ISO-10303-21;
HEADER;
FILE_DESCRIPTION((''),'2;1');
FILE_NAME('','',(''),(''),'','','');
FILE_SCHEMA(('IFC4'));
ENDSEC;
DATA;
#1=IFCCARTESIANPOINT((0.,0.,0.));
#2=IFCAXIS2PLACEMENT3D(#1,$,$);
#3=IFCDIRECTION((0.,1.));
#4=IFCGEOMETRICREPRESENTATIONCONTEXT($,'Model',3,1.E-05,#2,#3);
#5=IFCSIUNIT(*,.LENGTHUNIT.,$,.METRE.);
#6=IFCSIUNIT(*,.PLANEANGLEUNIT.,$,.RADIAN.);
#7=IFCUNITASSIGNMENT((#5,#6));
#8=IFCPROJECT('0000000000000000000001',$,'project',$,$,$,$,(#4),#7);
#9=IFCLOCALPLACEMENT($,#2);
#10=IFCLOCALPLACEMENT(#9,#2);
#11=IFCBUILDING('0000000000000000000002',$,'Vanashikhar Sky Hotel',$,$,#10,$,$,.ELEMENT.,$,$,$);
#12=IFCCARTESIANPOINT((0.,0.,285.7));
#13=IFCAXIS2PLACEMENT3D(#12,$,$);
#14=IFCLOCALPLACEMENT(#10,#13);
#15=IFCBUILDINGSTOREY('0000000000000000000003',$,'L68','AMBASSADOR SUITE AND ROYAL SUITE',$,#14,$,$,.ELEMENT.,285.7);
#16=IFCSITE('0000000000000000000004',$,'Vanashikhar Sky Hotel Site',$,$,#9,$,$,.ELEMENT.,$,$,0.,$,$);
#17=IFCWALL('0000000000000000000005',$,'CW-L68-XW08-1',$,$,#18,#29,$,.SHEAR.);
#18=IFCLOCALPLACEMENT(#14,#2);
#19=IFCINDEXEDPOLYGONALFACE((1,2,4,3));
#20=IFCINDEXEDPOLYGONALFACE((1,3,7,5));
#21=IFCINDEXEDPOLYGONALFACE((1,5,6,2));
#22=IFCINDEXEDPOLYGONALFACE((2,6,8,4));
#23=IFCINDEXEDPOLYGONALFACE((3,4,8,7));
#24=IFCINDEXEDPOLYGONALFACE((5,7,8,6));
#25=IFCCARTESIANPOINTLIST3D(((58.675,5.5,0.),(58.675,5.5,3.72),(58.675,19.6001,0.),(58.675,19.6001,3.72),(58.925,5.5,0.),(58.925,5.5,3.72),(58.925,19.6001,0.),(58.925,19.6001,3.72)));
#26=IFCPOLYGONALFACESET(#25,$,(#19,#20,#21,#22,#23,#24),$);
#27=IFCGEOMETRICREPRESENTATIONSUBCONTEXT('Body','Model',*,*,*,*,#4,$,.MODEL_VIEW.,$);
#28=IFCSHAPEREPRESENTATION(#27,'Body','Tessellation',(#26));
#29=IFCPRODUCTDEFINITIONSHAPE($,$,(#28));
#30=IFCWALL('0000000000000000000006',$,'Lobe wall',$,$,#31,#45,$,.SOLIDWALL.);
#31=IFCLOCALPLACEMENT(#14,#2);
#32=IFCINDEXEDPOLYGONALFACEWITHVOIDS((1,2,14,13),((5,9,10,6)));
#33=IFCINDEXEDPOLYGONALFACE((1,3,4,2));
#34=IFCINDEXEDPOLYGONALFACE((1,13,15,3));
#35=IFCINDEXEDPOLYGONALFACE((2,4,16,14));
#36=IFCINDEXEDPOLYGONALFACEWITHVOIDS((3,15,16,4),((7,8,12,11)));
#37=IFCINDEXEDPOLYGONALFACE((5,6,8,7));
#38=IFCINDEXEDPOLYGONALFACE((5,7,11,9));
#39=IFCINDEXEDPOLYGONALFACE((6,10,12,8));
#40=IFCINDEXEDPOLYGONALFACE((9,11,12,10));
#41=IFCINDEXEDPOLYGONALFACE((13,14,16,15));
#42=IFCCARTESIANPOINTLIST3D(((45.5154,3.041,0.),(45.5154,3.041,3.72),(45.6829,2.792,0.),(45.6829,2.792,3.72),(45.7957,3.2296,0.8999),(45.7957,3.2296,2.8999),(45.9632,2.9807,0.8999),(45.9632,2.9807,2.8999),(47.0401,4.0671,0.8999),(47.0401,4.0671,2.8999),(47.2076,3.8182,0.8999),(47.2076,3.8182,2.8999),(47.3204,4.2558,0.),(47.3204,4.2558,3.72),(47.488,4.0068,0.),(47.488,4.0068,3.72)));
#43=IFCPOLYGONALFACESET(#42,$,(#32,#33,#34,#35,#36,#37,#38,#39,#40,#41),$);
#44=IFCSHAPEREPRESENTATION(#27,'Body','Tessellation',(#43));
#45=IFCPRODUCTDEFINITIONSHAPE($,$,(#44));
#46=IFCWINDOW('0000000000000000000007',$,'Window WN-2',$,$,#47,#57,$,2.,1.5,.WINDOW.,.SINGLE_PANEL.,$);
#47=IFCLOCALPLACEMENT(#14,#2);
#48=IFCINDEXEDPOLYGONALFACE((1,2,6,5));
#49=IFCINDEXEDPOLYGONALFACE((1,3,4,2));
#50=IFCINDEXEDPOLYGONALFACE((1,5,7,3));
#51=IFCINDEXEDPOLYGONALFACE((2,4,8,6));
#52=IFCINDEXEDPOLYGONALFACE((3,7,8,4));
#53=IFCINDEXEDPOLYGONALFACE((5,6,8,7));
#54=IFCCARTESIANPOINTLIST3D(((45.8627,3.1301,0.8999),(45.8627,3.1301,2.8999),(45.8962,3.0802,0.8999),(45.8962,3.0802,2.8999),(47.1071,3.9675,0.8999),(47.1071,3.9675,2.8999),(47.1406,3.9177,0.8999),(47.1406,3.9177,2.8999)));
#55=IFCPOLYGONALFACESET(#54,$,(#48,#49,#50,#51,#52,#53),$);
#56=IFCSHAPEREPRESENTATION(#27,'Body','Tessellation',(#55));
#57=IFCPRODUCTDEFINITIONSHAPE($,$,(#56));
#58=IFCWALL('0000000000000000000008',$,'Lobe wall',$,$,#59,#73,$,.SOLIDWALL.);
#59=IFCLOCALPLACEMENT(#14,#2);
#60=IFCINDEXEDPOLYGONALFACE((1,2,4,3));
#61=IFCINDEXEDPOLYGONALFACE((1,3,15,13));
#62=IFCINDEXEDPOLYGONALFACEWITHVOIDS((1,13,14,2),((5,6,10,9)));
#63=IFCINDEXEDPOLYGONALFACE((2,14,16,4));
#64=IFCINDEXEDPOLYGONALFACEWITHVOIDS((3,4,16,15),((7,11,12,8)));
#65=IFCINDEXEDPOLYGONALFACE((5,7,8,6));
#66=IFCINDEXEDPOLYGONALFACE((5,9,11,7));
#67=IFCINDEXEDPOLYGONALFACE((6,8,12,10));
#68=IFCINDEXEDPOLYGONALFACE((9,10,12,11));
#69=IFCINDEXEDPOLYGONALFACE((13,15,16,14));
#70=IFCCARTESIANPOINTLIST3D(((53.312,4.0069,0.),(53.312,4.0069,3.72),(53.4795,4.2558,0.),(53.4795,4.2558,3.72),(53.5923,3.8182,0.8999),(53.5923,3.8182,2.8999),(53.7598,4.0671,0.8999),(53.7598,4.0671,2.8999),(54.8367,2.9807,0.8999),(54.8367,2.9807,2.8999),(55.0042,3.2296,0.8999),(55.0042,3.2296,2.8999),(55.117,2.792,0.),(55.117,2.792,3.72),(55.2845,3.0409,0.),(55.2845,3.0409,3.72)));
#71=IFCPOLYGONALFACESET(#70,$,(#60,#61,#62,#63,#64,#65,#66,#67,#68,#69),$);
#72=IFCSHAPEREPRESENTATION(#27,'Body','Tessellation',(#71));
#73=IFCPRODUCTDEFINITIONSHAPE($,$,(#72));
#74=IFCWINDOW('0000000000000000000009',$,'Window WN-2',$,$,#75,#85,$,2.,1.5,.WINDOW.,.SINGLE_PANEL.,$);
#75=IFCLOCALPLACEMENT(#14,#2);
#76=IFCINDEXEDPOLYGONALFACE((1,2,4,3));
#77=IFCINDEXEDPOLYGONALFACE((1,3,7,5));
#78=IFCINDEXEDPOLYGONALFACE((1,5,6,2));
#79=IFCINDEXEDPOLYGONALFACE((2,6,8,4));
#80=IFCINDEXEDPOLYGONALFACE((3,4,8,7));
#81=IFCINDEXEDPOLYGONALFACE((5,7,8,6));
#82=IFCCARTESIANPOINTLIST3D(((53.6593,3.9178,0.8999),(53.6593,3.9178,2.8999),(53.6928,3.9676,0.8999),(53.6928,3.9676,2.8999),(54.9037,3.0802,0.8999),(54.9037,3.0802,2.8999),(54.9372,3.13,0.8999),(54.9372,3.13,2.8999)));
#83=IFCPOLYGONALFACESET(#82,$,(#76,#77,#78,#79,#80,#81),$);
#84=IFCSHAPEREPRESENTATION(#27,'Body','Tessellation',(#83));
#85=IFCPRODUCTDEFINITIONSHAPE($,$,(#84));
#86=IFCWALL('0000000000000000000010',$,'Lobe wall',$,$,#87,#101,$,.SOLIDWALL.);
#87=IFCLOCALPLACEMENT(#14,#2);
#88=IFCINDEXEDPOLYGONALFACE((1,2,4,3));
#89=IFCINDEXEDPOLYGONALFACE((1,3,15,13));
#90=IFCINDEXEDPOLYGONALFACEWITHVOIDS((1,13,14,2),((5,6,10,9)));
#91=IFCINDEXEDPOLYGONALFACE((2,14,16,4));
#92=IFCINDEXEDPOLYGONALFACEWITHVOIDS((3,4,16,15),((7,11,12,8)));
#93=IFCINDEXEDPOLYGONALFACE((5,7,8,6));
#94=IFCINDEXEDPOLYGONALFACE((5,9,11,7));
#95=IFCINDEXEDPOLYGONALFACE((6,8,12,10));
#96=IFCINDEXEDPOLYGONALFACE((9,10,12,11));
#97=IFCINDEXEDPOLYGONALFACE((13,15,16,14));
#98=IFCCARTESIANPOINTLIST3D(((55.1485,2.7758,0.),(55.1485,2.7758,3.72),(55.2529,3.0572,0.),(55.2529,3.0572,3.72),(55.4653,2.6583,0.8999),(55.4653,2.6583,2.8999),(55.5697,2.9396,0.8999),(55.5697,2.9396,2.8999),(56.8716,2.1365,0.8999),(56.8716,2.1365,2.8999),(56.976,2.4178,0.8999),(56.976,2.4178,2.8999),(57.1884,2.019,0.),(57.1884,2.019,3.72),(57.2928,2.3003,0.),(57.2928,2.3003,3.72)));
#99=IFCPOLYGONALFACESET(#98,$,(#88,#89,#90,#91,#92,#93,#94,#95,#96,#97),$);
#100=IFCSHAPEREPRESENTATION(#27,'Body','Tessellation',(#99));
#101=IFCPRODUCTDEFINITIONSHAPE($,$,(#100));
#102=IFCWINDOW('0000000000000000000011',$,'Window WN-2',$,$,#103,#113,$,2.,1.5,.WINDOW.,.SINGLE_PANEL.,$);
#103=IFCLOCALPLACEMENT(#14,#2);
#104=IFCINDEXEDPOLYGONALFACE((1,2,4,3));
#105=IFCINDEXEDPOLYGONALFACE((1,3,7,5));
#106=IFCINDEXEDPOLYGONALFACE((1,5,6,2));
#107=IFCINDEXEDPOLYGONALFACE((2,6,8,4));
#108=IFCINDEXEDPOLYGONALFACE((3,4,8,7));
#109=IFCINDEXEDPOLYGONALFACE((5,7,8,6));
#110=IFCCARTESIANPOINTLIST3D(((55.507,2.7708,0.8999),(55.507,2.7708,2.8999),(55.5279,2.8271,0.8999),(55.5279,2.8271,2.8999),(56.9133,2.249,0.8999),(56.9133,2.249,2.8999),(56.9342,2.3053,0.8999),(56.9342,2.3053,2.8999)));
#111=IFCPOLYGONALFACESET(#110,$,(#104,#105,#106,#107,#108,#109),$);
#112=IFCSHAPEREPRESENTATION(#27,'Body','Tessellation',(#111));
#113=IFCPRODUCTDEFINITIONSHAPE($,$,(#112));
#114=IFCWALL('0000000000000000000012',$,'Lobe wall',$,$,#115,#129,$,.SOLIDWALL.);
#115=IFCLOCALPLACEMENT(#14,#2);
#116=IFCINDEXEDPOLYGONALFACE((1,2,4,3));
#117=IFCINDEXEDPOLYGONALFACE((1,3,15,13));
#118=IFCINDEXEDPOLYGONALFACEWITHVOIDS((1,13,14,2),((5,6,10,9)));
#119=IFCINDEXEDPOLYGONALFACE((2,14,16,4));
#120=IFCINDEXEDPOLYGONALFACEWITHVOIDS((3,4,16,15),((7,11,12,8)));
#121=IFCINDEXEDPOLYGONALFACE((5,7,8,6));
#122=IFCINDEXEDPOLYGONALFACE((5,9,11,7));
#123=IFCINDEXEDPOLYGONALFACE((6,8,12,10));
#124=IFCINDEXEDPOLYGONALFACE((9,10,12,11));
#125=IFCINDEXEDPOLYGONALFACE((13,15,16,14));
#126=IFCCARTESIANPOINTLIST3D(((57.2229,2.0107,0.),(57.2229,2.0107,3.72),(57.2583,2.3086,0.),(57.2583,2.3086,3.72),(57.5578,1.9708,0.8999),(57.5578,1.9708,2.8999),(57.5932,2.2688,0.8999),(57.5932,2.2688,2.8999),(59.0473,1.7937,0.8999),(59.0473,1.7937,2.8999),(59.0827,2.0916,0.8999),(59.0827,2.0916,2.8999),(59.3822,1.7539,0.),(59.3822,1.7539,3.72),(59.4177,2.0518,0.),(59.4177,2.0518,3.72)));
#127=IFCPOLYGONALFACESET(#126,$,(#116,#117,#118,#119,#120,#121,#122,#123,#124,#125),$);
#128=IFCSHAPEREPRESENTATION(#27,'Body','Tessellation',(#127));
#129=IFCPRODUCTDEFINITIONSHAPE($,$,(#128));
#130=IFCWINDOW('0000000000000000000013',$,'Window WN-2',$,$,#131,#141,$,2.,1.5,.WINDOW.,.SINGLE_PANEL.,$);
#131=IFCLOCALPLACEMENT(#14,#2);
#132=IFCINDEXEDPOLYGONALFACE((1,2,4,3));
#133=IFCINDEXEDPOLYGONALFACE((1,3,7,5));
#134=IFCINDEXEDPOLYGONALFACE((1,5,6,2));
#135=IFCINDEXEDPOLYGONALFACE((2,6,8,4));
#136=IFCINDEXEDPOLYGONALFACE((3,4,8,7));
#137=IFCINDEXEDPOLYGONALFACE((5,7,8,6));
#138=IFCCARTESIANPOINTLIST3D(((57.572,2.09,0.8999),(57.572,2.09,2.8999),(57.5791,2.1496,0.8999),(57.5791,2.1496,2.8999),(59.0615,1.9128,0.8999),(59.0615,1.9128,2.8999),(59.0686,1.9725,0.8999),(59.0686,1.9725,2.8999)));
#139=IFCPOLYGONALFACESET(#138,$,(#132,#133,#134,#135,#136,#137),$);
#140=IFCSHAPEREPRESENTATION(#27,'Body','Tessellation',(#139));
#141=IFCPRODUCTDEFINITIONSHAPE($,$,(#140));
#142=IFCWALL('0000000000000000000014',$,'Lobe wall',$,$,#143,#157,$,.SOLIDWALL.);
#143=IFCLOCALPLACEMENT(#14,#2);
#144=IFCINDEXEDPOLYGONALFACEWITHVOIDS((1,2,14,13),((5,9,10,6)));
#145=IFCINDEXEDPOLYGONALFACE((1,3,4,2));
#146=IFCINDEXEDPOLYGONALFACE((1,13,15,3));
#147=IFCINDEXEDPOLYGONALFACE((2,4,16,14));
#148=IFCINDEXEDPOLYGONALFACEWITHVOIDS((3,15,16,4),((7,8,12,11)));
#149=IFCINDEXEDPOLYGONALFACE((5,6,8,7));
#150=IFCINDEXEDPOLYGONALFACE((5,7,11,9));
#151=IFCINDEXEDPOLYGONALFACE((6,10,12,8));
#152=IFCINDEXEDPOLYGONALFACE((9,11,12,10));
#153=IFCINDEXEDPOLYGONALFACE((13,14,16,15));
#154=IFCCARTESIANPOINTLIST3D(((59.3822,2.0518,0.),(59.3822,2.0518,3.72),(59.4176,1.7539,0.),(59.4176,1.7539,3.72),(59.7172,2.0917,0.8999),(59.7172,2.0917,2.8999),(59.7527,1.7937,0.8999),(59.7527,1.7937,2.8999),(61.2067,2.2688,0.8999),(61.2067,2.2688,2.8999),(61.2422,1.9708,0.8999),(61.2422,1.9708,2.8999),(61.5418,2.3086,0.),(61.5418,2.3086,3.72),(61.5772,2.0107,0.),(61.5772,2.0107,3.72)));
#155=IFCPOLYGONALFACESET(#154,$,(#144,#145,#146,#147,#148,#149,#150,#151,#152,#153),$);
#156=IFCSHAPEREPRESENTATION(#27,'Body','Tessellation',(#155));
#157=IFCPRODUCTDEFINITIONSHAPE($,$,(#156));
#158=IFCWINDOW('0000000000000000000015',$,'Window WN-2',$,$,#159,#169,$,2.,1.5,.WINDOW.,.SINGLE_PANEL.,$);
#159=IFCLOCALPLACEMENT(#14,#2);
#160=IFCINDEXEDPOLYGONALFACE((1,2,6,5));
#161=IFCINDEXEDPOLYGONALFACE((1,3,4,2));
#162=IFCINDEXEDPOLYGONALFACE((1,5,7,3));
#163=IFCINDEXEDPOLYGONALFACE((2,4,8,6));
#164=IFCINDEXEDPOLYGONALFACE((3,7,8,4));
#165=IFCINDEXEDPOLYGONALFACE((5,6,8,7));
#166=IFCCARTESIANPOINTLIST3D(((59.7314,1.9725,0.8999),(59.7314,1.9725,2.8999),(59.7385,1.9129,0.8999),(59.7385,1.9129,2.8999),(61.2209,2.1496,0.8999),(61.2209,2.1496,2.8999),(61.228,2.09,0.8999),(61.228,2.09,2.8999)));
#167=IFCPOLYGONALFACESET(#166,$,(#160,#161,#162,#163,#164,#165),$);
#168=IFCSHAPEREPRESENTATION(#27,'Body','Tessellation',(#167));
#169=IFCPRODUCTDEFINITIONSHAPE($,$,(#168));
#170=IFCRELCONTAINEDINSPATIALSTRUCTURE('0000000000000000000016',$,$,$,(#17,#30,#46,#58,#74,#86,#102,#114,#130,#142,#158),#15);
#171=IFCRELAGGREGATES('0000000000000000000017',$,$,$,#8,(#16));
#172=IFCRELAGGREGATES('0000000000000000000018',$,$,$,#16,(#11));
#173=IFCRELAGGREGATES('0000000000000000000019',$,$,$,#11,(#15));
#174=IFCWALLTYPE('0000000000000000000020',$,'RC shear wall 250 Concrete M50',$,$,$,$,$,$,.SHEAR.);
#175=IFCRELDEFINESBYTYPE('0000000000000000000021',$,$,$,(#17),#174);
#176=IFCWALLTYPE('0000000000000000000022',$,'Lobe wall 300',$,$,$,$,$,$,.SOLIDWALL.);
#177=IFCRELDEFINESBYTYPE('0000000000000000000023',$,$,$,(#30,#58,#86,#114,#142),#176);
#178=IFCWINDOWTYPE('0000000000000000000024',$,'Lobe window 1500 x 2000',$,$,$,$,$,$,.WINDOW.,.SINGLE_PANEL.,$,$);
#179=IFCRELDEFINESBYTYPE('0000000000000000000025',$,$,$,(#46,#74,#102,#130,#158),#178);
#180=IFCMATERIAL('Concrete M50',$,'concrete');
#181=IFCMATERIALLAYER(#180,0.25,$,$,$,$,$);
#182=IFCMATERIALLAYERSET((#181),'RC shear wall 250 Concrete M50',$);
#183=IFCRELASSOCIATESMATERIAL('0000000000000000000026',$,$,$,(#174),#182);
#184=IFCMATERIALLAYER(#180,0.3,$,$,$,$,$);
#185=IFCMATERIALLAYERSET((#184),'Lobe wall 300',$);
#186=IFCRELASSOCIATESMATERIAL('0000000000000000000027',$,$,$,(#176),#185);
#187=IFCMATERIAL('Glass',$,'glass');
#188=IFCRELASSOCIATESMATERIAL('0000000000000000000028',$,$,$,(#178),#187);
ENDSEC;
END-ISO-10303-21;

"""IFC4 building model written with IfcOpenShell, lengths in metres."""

from ifc_helpers import new_model, si_unit, direction, frame, frame_2d, origin, place, context, subcontext, project, spatial, rectangle, extrude, source, transform, mapped, material, layer, layer_set, type_object, element, fill, save


model = new_model("IFC4")

# Units and contexts
model_context = context("Model", 3, precision=1e-05, world=origin(), true_north=direction((0.0, 1.0)))
body_context = subcontext(model_context, "Body", "Model", "MODEL_VIEW")
ifc_project = project(units=[si_unit("LENGTHUNIT", "METRE"), si_unit("PLANEANGLEUNIT", "RADIAN")], contexts=[model_context])

# Site, building, storey
site_placement = place(None, origin())
site = spatial("IfcSite", under=ifc_project, at=site_placement, Name="Vanashikhar Sky Hotel Site", CompositionType="ELEMENT", RefElevation=0.0)
building_placement = place(site_placement, origin())
building = spatial("IfcBuilding", under=site, at=building_placement, Name="Vanashikhar Sky Hotel", CompositionType="ELEMENT")
storey_placement = place(building_placement, frame((0.0, 0.0, 285.7)))
storey = spatial("IfcBuildingStorey", under=building, at=storey_placement, Name="L68", Description="AMBASSADOR SUITE AND ROYAL SUITE", CompositionType="ELEMENT", Elevation=285.7)

# Wall
ifc_material_1 = material(Name="Concrete M50", Category="concrete")
ifc_layer_1 = layer(ifc_material_1, 0.25)
ifc_layer_set_1 = layer_set([ifc_layer_1], Name="RC shear wall 250 Concrete M50")
wall_type_1 = type_object("IfcWallType", Name="RC shear wall 250 Concrete M50", PredefinedType="SHEAR", material=ifc_layer_set_1)
shared_shape_1 = source(origin(), body_context, "Body", "SweptSolid", [
    extrude(rectangle(XDim=14.1001, YDim=0.25, at=frame_2d((7.05, 0.0))), origin(), (0.0, 0.0, 1.0), 3.72),
])
wall_1_placement = place(storey_placement, frame((58.8, 5.5, 0.0), z_axis=(0.0, 0.0, 1.0), x_axis=(0.0, 1.0, 0.0)))
element("IfcWall", 1, at=wall_1_placement, inside=storey, type_object=wall_type_1, Name="CW-L68-XW08-1", PredefinedType="SHEAR", context=body_context, shape_type="MappedRepresentation", body=[
    mapped(shared_shape_1, transform((0.0, 0.0, 0.0), scale=1.0)),
])

# Walls, openings, windows
ifc_layer_2 = layer(ifc_material_1, 0.3)
ifc_layer_set_2 = layer_set([ifc_layer_2], Name="Lobe wall 300")
wall_type_2 = type_object("IfcWallType", Name="Lobe wall 300", PredefinedType="SOLIDWALL", material=ifc_layer_set_2)
shared_shape_2 = source(origin(), body_context, "Body", "SweptSolid", [
    extrude(rectangle(XDim=2.1758, YDim=0.3, at=frame_2d((1.0879, 0.0))), origin(), (0.0, 0.0, 1.0), 3.72),
])
wall_2_placement = place(storey_placement, frame((45.5991, 2.9165, 0.0), z_axis=(0.0, 0.0, 1.0), x_axis=(0.829626, 0.55832, 0.0)))
wall_2 = element("IfcWall", 2, at=wall_2_placement, inside=storey, type_object=wall_type_2, Name="Lobe wall", PredefinedType="SOLIDWALL", context=body_context, shape_type="MappedRepresentation", body=[
    mapped(shared_shape_2, transform((0.0, 0.0, 0.0), scale=1.0)),
])
shared_shape_3 = source(origin(), body_context, "Body", "SweptSolid", [
    extrude(rectangle(XDim=1.5, YDim=2.0, at=frame_2d((0.75, 1.0))), frame((0.0, 0.1602, 0.0), z_axis=(0.0, -1.0, 0.0), x_axis=(1.0, 0.0, 0.0)), (0.0, 0.0, 1.0), 0.3201),
])
opening_1_placement = place(wall_2_placement, frame((0.3379, 0.0, 0.8999)))
opening_1 = element("IfcOpeningElement", 3, at=opening_1_placement, cuts=wall_2, PredefinedType="OPENING", context=body_context, shape_type="MappedRepresentation", body=[
    mapped(shared_shape_3, transform((0.0, 0.0, 0.0), scale=1.0)),
])
ifc_material_2 = material(Name="Glass", Category="glass")
window_type = type_object("IfcWindowType", Name="Lobe window 1500 x 2000", PartitioningType="SINGLE_PANEL", PredefinedType="WINDOW", material=ifc_material_2)
shared_shape_4 = source(origin(), body_context, "Body", "SweptSolid", [
    extrude(rectangle(XDim=1.5, YDim=2.0, at=frame_2d((0.75, 1.0))), frame((0.0, 0.03, 0.0), z_axis=(0.0, -1.0, 0.0), x_axis=(1.0, 0.0, 0.0)), (0.0, 0.0, 1.0), 0.0601),
])
window_1_placement = place(opening_1_placement, origin())
window_1 = element("IfcWindow", 4, at=window_1_placement, inside=storey, type_object=window_type, Name="Window WN-2", OverallHeight=2.0, OverallWidth=1.5, PartitioningType="SINGLE_PANEL", PredefinedType="WINDOW", context=body_context, shape_type="MappedRepresentation", body=[
    mapped(shared_shape_4, transform((0.0, 0.0, 0.0), scale=1.0)),
])
fill(opening_1, window_1)
wall_3_placement = place(storey_placement, frame((53.3958, 4.1313, 0.0), z_axis=(0.0, 0.0, 1.0), x_axis=(0.829591, -0.558372, 0.0)))
wall_3 = element("IfcWall", 5, at=wall_3_placement, inside=storey, type_object=wall_type_2, Name="Lobe wall", PredefinedType="SOLIDWALL", context=body_context, shape_type="MappedRepresentation", body=[
    mapped(shared_shape_2, transform((0.0, 0.0, 0.0), scale=1.0)),
])
opening_2_placement = place(wall_3_placement, frame((0.3379, 0.0, 0.8999)))
opening_2 = element("IfcOpeningElement", 6, at=opening_2_placement, cuts=wall_3, PredefinedType="OPENING", context=body_context, shape_type="MappedRepresentation", body=[
    mapped(shared_shape_3, transform((0.0, 0.0, 0.0), scale=1.0)),
])
window_2_placement = place(opening_2_placement, origin())
window_2 = element("IfcWindow", 7, at=window_2_placement, inside=storey, type_object=window_type, Name="Window WN-2", OverallHeight=2.0, OverallWidth=1.5, PartitioningType="SINGLE_PANEL", PredefinedType="WINDOW", context=body_context, shape_type="MappedRepresentation", body=[
    mapped(shared_shape_4, transform((0.0, 0.0, 0.0), scale=1.0)),
])
fill(opening_2, window_2)
wall_4_placement = place(storey_placement, frame((55.2007, 2.9165, 0.0), z_axis=(0.0, 0.0, 1.0), x_axis=(0.937546, -0.347863, 0.0)))
wall_4 = element("IfcWall", 8, at=wall_4_placement, inside=storey, type_object=wall_type_2, Name="Lobe wall", PredefinedType="SOLIDWALL", context=body_context, shape_type="MappedRepresentation", body=[
    mapped(shared_shape_2, transform((0.0, 0.0, 0.0), scale=1.0)),
])
opening_3_placement = place(wall_4_placement, frame((0.3379, 0.0, 0.8999)))
opening_3 = element("IfcOpeningElement", 9, at=opening_3_placement, cuts=wall_4, PredefinedType="OPENING", context=body_context, shape_type="MappedRepresentation", body=[
    mapped(shared_shape_3, transform((0.0, 0.0, 0.0), scale=1.0)),
])
window_3_placement = place(opening_3_placement, origin())
window_3 = element("IfcWindow", 10, at=window_3_placement, inside=storey, type_object=window_type, Name="Window WN-2", OverallHeight=2.0, OverallWidth=1.5, PartitioningType="SINGLE_PANEL", PredefinedType="WINDOW", context=body_context, shape_type="MappedRepresentation", body=[
    mapped(shared_shape_4, transform((0.0, 0.0, 0.0), scale=1.0)),
])
fill(opening_3, window_3)
shared_shape_5 = source(origin(), body_context, "Body", "SweptSolid", [
    extrude(rectangle(XDim=2.1746, YDim=0.3, at=frame_2d((1.0874, 0.0))), origin(), (0.0, 0.0, 1.0), 3.72),
])
wall_5_placement = place(storey_placement, frame((57.2405, 2.1597, 0.0), z_axis=(0.0, 0.0, 1.0), x_axis=(0.993001, -0.118105, 0.0)))
wall_5 = element("IfcWall", 11, at=wall_5_placement, inside=storey, type_object=wall_type_2, Name="Lobe wall", PredefinedType="SOLIDWALL", context=body_context, shape_type="MappedRepresentation", body=[
    mapped(shared_shape_5, transform((0.0, 0.0, 0.0), scale=1.0)),
])
opening_4_placement = place(wall_5_placement, frame((0.3374, 0.0, 0.8999)))
opening_4 = element("IfcOpeningElement", 12, at=opening_4_placement, cuts=wall_5, PredefinedType="OPENING", context=body_context, shape_type="MappedRepresentation", body=[
    mapped(shared_shape_3, transform((0.0, 0.0, 0.0), scale=1.0)),
])
window_4_placement = place(opening_4_placement, origin())
window_4 = element("IfcWindow", 13, at=window_4_placement, inside=storey, type_object=window_type, Name="Window WN-2", OverallHeight=2.0, OverallWidth=1.5, PartitioningType="SINGLE_PANEL", PredefinedType="WINDOW", context=body_context, shape_type="MappedRepresentation", body=[
    mapped(shared_shape_4, transform((0.0, 0.0, 0.0), scale=1.0)),
])
fill(opening_4, window_4)
shared_shape_6 = source(origin(), body_context, "Body", "SweptSolid", [
    extrude(rectangle(XDim=2.1748, YDim=0.3, at=frame_2d((1.0874, 0.0))), origin(), (0.0, 0.0, 1.0), 3.72),
])
wall_6_placement = place(storey_placement, frame((59.3999, 1.9028, 0.0), z_axis=(0.0, 0.0, 1.0), x_axis=(0.993003, 0.118092, 0.0)))
wall_6 = element("IfcWall", 14, at=wall_6_placement, inside=storey, type_object=wall_type_2, Name="Lobe wall", PredefinedType="SOLIDWALL", context=body_context, shape_type="MappedRepresentation", body=[
    mapped(shared_shape_6, transform((0.0, 0.0, 0.0), scale=1.0)),
])
opening_5_placement = place(wall_6_placement, frame((0.3374, 0.0, 0.8999)))
opening_5 = element("IfcOpeningElement", 15, at=opening_5_placement, cuts=wall_6, PredefinedType="OPENING", context=body_context, shape_type="MappedRepresentation", body=[
    mapped(shared_shape_3, transform((0.0, 0.0, 0.0), scale=1.0)),
])
window_5_placement = place(opening_5_placement, origin())
window_5 = element("IfcWindow", 16, at=window_5_placement, inside=storey, type_object=window_type, Name="Window WN-2", OverallHeight=2.0, OverallWidth=1.5, PartitioningType="SINGLE_PANEL", PredefinedType="WINDOW", context=body_context, shape_type="MappedRepresentation", body=[
    mapped(shared_shape_4, transform((0.0, 0.0, 0.0), scale=1.0)),
])
fill(opening_5, window_5)

save(model, "model.ifc")
